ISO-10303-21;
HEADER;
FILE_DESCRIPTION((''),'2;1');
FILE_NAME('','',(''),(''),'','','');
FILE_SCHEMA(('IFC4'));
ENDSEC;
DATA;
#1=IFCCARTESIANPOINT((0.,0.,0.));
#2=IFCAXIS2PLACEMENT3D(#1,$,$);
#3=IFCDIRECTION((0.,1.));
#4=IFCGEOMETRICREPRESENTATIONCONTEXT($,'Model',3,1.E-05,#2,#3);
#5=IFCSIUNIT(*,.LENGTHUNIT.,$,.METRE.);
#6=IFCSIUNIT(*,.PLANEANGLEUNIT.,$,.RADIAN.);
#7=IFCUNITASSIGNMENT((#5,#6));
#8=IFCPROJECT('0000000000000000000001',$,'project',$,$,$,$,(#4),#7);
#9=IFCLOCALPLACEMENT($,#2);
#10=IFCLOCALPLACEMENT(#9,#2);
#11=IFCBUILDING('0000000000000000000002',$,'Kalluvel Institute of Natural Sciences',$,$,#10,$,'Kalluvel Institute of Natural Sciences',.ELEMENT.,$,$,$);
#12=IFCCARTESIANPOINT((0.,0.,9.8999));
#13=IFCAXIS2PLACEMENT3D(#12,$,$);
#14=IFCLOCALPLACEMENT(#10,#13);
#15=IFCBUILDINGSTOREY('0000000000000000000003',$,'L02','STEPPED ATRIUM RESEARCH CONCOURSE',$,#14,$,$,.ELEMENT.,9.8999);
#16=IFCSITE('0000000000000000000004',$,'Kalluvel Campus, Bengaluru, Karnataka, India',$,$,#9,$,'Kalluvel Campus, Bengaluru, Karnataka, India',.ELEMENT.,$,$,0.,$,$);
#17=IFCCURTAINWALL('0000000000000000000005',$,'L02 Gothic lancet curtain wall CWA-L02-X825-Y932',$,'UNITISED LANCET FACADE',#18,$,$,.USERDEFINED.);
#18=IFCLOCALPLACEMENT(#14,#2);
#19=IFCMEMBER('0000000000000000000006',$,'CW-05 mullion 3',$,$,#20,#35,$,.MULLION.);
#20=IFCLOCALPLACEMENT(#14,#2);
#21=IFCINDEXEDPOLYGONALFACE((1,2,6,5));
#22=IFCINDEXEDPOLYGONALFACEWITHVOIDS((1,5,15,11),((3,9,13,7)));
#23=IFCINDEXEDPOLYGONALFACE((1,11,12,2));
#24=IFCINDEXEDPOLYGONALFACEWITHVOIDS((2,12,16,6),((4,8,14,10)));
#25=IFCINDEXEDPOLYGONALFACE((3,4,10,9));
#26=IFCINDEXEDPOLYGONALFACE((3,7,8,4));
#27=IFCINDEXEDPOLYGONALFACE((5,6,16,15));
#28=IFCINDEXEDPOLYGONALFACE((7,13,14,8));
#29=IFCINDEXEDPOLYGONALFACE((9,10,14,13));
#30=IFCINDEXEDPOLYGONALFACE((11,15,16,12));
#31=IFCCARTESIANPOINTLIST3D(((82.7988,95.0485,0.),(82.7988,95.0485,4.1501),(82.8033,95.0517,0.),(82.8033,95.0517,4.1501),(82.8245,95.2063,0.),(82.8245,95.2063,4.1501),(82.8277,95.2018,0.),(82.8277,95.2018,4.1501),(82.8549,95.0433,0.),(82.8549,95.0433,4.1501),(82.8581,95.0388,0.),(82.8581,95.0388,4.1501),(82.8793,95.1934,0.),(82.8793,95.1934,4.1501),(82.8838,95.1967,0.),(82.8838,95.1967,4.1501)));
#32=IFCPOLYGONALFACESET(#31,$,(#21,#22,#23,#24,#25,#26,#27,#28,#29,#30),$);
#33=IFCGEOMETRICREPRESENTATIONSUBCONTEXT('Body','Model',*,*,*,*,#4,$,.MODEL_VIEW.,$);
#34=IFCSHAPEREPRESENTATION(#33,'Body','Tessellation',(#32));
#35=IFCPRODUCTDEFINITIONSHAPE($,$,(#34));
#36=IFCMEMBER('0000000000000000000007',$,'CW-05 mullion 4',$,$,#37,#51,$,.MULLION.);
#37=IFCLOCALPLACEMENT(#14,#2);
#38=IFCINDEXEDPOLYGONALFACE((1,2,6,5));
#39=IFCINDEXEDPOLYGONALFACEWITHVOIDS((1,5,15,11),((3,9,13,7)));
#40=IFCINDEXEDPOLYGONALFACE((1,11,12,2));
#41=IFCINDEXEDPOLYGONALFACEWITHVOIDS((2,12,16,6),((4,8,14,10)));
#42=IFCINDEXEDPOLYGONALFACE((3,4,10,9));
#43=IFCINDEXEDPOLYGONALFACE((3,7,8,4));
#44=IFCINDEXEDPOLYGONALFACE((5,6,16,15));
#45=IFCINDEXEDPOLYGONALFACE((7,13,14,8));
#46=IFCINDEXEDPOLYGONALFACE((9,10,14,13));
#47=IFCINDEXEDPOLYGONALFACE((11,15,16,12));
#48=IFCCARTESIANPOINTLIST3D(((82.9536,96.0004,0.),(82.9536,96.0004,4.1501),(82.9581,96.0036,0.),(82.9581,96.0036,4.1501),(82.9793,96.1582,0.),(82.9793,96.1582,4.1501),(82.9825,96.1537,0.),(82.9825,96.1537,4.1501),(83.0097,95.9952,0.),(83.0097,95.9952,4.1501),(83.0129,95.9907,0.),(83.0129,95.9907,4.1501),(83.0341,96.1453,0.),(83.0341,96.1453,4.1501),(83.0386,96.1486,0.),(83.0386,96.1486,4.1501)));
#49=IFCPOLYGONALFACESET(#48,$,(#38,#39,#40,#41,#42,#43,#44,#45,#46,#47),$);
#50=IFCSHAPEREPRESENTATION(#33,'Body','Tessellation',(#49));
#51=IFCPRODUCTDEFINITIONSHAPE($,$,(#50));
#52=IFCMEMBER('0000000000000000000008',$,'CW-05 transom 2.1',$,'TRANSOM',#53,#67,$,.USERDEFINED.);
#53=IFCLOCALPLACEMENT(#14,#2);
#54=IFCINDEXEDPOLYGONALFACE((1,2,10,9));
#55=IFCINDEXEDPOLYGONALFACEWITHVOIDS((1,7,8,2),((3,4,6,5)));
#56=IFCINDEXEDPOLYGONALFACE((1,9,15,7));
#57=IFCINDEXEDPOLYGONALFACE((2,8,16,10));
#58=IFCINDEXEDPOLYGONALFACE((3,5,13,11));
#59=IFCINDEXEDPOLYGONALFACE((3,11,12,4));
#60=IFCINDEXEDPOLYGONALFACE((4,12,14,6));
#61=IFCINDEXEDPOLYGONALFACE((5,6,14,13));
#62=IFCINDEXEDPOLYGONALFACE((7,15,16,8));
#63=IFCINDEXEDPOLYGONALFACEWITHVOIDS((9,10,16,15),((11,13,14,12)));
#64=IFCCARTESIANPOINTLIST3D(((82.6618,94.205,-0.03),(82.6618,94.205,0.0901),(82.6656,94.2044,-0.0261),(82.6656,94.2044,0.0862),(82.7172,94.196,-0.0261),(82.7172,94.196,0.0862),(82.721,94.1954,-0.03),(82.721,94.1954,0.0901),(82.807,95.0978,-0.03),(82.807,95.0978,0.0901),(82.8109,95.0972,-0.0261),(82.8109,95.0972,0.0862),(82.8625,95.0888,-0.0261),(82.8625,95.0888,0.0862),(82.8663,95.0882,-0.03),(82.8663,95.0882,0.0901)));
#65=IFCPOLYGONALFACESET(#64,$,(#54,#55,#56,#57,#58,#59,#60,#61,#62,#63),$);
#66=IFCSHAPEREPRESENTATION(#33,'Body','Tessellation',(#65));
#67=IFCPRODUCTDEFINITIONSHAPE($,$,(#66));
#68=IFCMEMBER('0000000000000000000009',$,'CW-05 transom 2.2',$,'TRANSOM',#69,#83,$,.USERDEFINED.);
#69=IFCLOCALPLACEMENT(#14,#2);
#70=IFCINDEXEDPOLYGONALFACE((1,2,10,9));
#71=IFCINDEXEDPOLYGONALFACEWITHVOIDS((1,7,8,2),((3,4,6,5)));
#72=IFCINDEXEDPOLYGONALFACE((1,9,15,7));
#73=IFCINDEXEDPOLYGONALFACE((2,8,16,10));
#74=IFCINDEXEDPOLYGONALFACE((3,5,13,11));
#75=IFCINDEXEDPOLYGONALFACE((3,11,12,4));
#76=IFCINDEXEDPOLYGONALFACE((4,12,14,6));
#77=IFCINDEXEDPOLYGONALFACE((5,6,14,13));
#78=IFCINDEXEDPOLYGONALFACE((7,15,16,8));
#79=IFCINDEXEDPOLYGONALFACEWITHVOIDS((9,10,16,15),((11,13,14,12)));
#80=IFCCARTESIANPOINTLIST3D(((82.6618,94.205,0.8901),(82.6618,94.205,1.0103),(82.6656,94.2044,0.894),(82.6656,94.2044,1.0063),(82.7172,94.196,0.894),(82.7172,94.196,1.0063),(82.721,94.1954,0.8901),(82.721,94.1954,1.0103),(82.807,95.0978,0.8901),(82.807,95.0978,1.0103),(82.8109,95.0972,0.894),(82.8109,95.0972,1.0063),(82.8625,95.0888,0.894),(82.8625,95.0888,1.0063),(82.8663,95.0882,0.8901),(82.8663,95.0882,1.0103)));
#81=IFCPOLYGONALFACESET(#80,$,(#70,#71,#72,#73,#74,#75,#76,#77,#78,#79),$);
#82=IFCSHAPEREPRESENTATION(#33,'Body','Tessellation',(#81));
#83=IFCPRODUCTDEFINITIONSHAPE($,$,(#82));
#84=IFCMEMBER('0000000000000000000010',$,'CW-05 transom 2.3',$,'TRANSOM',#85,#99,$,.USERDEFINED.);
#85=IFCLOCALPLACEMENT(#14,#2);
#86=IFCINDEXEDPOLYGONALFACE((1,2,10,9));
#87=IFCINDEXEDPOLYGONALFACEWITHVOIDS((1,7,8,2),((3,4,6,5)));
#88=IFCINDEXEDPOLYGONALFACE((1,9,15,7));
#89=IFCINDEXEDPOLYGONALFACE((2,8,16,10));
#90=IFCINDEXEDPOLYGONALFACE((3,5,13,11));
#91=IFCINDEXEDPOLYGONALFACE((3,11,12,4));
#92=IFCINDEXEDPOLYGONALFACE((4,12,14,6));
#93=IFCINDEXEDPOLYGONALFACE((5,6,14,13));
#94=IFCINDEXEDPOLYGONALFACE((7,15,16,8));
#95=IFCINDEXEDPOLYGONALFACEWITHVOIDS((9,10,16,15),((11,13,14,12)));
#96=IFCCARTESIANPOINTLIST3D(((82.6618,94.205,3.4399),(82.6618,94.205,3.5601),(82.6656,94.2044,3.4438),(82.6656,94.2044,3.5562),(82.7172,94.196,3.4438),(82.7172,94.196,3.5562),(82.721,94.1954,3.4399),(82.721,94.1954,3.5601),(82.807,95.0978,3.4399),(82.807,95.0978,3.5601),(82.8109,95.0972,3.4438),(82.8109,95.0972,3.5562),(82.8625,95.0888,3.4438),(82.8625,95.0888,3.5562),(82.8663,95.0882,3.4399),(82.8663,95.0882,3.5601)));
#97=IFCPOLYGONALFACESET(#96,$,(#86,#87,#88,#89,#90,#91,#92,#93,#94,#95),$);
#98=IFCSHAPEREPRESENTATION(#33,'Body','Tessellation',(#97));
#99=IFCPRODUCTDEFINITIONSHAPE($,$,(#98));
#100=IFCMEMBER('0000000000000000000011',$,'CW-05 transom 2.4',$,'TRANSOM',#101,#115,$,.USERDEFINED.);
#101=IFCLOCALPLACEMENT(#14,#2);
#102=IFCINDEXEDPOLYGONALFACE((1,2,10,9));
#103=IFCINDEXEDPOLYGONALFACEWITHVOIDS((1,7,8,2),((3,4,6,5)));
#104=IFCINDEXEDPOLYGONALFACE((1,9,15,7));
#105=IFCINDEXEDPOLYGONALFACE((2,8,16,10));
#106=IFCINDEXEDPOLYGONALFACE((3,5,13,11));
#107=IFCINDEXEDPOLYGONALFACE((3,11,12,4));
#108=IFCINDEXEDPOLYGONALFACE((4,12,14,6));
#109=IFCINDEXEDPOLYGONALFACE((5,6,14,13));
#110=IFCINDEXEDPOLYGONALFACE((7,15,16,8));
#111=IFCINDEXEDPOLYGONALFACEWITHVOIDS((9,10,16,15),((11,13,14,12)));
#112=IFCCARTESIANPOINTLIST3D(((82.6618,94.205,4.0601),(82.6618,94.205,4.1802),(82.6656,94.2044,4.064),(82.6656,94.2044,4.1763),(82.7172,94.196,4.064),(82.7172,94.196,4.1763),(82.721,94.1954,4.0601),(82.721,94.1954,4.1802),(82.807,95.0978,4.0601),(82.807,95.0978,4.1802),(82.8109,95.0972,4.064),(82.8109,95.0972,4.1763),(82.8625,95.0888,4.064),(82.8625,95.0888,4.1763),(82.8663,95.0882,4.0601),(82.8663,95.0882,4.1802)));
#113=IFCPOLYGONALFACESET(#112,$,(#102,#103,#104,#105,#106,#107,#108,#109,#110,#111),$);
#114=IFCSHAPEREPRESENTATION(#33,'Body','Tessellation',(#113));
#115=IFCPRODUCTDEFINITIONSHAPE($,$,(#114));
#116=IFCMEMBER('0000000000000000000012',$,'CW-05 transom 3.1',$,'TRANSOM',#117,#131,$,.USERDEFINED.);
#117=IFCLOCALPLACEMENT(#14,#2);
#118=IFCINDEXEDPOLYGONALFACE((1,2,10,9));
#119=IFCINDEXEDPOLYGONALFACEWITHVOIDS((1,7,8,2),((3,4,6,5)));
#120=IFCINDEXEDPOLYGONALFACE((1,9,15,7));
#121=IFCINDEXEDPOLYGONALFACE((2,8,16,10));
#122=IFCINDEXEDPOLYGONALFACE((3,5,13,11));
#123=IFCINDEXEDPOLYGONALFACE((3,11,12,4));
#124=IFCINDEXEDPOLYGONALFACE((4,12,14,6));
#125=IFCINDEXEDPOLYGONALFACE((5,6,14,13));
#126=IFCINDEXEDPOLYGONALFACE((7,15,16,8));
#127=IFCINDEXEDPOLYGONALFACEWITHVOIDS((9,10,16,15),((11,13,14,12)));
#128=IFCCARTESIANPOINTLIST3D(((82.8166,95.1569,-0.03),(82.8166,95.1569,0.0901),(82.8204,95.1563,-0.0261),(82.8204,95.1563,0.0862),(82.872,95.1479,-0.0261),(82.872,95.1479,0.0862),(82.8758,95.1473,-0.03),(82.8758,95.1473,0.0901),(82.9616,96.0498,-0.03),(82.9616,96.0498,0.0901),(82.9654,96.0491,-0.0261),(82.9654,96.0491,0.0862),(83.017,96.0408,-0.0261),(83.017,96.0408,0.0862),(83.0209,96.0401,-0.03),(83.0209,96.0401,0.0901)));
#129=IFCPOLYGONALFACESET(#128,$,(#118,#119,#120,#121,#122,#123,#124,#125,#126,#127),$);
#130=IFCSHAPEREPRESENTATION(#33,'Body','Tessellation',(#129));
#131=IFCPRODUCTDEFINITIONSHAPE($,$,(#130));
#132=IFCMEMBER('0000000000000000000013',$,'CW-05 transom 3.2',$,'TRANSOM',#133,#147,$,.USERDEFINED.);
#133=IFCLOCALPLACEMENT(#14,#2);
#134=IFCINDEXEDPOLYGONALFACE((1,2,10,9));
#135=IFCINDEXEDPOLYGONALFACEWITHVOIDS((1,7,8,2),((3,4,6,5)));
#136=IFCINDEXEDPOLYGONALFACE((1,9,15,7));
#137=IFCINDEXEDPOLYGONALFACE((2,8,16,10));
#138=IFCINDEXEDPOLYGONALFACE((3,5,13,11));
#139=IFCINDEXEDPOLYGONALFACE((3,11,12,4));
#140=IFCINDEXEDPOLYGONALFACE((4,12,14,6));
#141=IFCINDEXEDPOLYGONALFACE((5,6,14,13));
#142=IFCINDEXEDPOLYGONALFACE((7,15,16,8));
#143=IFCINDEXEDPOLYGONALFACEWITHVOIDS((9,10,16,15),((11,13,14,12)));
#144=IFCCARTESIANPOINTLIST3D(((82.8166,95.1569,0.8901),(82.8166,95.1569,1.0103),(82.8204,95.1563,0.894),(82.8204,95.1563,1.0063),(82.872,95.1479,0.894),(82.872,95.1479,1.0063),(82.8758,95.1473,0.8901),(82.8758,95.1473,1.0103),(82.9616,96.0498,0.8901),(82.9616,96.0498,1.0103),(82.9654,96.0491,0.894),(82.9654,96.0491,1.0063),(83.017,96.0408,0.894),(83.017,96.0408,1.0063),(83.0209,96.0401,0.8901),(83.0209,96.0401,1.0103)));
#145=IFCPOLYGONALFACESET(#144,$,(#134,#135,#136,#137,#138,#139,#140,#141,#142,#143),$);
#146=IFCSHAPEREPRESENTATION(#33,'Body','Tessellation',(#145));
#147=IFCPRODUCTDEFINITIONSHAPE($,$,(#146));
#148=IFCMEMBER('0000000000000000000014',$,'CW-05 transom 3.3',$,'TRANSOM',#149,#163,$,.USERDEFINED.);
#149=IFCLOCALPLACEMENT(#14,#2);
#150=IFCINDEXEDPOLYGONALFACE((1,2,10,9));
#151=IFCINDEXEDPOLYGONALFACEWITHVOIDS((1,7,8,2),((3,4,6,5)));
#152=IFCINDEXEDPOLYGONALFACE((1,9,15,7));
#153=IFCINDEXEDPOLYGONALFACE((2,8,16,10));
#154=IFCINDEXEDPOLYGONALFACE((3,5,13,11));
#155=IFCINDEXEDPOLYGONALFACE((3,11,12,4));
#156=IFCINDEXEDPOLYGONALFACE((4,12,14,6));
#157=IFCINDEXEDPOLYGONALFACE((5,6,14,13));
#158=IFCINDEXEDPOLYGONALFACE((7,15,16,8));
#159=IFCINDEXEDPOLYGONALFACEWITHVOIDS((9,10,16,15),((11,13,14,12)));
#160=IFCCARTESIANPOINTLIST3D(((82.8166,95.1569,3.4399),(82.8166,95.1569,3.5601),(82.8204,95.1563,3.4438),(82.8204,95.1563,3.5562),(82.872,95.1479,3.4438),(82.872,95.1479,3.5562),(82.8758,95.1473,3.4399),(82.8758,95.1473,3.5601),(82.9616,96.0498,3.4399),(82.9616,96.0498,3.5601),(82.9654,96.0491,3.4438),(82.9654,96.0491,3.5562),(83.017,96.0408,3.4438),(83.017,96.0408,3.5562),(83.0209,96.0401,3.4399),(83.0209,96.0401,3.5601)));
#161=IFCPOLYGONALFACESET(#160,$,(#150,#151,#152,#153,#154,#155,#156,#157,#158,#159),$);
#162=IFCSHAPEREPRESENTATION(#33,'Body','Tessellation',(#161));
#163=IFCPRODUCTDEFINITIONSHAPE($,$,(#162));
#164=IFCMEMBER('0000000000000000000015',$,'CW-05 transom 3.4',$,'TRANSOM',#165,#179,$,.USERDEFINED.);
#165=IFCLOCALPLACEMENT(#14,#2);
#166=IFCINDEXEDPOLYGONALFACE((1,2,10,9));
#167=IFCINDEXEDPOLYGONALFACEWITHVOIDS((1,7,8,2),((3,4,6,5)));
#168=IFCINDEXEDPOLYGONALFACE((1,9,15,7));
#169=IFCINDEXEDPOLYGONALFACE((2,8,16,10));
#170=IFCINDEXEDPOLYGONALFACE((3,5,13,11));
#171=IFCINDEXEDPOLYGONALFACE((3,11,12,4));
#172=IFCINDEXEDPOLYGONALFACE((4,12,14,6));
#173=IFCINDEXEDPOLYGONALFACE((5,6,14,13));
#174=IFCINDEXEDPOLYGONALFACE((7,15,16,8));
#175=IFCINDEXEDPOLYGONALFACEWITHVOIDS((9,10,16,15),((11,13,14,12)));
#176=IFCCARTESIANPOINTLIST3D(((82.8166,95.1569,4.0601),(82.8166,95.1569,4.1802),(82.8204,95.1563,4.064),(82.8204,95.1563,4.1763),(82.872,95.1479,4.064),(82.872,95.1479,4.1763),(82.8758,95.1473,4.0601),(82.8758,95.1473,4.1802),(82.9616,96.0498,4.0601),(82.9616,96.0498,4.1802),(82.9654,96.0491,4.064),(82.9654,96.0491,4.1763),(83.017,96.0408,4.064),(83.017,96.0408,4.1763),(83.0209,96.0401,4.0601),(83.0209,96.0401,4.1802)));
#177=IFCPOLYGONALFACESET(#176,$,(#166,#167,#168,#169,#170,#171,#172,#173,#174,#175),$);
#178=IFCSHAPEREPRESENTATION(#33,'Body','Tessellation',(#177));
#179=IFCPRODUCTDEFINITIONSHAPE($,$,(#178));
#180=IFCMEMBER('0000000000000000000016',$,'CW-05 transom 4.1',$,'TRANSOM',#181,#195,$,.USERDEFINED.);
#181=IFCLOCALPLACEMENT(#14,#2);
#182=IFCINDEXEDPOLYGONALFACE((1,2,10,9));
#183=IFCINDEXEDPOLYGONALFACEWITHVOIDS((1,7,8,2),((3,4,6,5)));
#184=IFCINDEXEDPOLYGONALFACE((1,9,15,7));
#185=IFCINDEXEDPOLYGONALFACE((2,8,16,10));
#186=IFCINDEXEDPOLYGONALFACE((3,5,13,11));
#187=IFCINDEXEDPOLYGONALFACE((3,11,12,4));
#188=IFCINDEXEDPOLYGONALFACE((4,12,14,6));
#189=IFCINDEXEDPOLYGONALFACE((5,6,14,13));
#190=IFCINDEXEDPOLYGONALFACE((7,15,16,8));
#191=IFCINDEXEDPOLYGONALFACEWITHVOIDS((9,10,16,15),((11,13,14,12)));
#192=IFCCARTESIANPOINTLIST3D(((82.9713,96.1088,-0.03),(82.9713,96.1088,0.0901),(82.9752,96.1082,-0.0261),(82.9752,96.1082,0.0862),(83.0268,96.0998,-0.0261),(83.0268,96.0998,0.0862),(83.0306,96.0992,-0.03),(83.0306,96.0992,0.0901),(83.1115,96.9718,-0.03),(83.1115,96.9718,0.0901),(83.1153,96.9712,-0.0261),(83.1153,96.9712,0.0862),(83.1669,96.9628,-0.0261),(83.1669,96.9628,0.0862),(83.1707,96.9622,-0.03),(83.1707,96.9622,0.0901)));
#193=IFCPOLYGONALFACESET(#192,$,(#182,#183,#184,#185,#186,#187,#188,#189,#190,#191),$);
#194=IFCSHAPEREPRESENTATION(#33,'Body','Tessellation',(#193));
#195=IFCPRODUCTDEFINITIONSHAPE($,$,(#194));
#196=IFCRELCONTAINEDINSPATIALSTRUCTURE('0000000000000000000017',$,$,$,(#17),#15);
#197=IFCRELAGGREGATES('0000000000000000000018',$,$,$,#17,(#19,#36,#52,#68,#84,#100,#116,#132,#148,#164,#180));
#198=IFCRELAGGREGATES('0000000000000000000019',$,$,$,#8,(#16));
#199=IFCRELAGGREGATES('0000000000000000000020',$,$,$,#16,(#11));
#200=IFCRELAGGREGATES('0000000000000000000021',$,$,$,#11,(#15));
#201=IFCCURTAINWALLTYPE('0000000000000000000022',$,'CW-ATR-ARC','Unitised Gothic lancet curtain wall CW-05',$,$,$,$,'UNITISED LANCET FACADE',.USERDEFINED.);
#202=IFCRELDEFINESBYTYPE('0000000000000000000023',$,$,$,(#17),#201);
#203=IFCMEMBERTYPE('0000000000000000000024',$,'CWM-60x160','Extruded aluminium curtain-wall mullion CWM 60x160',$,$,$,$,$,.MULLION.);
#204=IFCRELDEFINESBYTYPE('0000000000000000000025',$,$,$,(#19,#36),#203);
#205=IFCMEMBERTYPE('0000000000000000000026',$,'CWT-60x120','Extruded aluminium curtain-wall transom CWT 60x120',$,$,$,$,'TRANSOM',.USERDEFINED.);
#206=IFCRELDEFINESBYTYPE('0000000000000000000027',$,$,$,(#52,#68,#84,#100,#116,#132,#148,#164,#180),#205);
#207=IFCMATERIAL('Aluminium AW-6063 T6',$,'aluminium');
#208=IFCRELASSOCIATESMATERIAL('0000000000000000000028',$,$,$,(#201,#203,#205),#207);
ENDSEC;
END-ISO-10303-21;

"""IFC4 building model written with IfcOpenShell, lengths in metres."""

from ifc_helpers import new_model, si_unit, direction, frame, origin, origin_2d, place, context, subcontext, project, spatial, hollow_rectangle, extrude, material, material_profile, profile_set, type_object, element, aggregate, save


model = new_model("IFC4")

# Units and contexts
model_context = context("Model", 3, precision=1e-05, world=origin(), true_north=direction((0.0, 1.0)))
body_context = subcontext(model_context, "Body", "Model", "MODEL_VIEW")
ifc_project = project(units=[si_unit("LENGTHUNIT", "METRE"), si_unit("PLANEANGLEUNIT", "RADIAN")], contexts=[model_context])

# Site, building, storey
site_placement = place(None, origin())
site = spatial("IfcSite", under=ifc_project, at=site_placement, Name="Kalluvel Campus, Bengaluru, Karnataka, India", LongName="Kalluvel Campus, Bengaluru, Karnataka, India", CompositionType="ELEMENT", RefElevation=0.0)
building_placement = place(site_placement, origin())
building = spatial("IfcBuilding", under=site, at=building_placement, Name="Kalluvel Institute of Natural Sciences", LongName="Kalluvel Institute of Natural Sciences", CompositionType="ELEMENT")
storey_placement = place(building_placement, frame((0.0, 0.0, 9.8999)))
storey = spatial("IfcBuildingStorey", under=building, at=storey_placement, Name="L02", Description="STEPPED ATRIUM RESEARCH CONCOURSE", CompositionType="ELEMENT", Elevation=9.8999)

# Curtain wall, members
ifc_material_1 = material(Name="Aluminium AW-6063 T6", Category="aluminium")
curtain_wall_type = type_object("IfcCurtainWallType", Name="CW-ATR-ARC", Description="Unitised Gothic lancet curtain wall CW-05", ElementType="UNITISED LANCET FACADE", PredefinedType="USERDEFINED", material=ifc_material_1)
curtain_wall_placement = place(storey_placement, origin())
curtain_wall = element("IfcCurtainWall", 1, at=curtain_wall_placement, inside=storey, type_object=curtain_wall_type, Name="L02 Gothic lancet curtain wall CWA-L02-X825-Y932", ObjectType="UNITISED LANCET FACADE", PredefinedType="USERDEFINED")
ifc_material_profile_1 = material_profile(ifc_material_1, hollow_rectangle(XDim=0.0601, YDim=0.1599, WallThickness=0.0039, at=origin_2d()), Name="CWM 60x160")
ifc_profile_set_1 = profile_set([ifc_material_profile_1], Name="Aluminium AW-6063 T6")
member_type_1 = type_object("IfcMemberType", Name="CWM-60x160", Description="Extruded aluminium curtain-wall mullion CWM 60x160", PredefinedType="MULLION", material=ifc_profile_set_1)
member_1_placement = place(storey_placement, frame((82.8413, 95.1226, 0.0), z_axis=(0.0, 0.0, 1.0), x_axis=(-0.987049, 0.160417, 0.0)))
member_1 = element("IfcMember", 2, at=member_1_placement, type_object=member_type_1, Name="CW-05 mullion 3", PredefinedType="MULLION", context=body_context, shape_type="SweptSolid", body=[
    extrude(hollow_rectangle(XDim=0.0601, YDim=0.1599, WallThickness=0.0039, at=origin_2d()), origin(), (0.0, 0.0, 1.0), 4.1501),
])
member_2_placement = place(storey_placement, frame((82.9961, 96.0745, 0.0), z_axis=(0.0, 0.0, 1.0), x_axis=(-0.987049, 0.160417, 0.0)))
member_2 = element("IfcMember", 3, at=member_2_placement, type_object=member_type_1, Name="CW-05 mullion 4", PredefinedType="MULLION", context=body_context, shape_type="SweptSolid", body=[
    extrude(hollow_rectangle(XDim=0.0601, YDim=0.1599, WallThickness=0.0039, at=origin_2d()), origin(), (0.0, 0.0, 1.0), 4.1501),
])
ifc_material_profile_2 = material_profile(ifc_material_1, hollow_rectangle(XDim=0.0601, YDim=0.1201, WallThickness=0.0039, at=origin_2d()), Name="CWT 60x120")
ifc_profile_set_2 = profile_set([ifc_material_profile_2], Name="Aluminium AW-6063 T6")
member_type_2 = type_object("IfcMemberType", Name="CWT-60x120", Description="Extruded aluminium curtain-wall transom CWT 60x120", ElementType="TRANSOM", PredefinedType="USERDEFINED", material=ifc_profile_set_2)
member_3_placement = place(storey_placement, frame((82.6914, 94.2002, 0.03), z_axis=(0.16059, 0.987021, 0.0), x_axis=(-0.987021, 0.16059, 0.0)))
member_3 = element("IfcMember", 4, at=member_3_placement, type_object=member_type_2, Name="CW-05 transom 2.1", ObjectType="TRANSOM", PredefinedType="USERDEFINED", context=body_context, shape_type="SweptSolid", body=[
    extrude(hollow_rectangle(XDim=0.0601, YDim=0.1201, WallThickness=0.0039, at=origin_2d()), origin(), (0.0, 0.0, 1.0), 0.9045),
])
member_4_placement = place(storey_placement, frame((82.6914, 94.2002, 0.9502), z_axis=(0.16059, 0.987021, 0.0), x_axis=(-0.987021, 0.16059, 0.0)))
member_4 = element("IfcMember", 5, at=member_4_placement, type_object=member_type_2, Name="CW-05 transom 2.2", ObjectType="TRANSOM", PredefinedType="USERDEFINED", context=body_context, shape_type="SweptSolid", body=[
    extrude(hollow_rectangle(XDim=0.0601, YDim=0.1201, WallThickness=0.0039, at=origin_2d()), origin(), (0.0, 0.0, 1.0), 0.9045),
])
member_5_placement = place(storey_placement, frame((82.6914, 94.2002, 3.5), z_axis=(0.16059, 0.987021, 0.0), x_axis=(-0.987021, 0.16059, 0.0)))
member_5 = element("IfcMember", 6, at=member_5_placement, type_object=member_type_2, Name="CW-05 transom 2.3", ObjectType="TRANSOM", PredefinedType="USERDEFINED", context=body_context, shape_type="SweptSolid", body=[
    extrude(hollow_rectangle(XDim=0.0601, YDim=0.1201, WallThickness=0.0039, at=origin_2d()), origin(), (0.0, 0.0, 1.0), 0.9045),
])
member_6_placement = place(storey_placement, frame((82.6914, 94.2002, 4.1201), z_axis=(0.16059, 0.987021, 0.0), x_axis=(-0.987021, 0.16059, 0.0)))
member_6 = element("IfcMember", 7, at=member_6_placement, type_object=member_type_2, Name="CW-05 transom 2.4", ObjectType="TRANSOM", PredefinedType="USERDEFINED", context=body_context, shape_type="SweptSolid", body=[
    extrude(hollow_rectangle(XDim=0.0601, YDim=0.1201, WallThickness=0.0039, at=origin_2d()), origin(), (0.0, 0.0, 1.0), 0.9045),
])
member_7_placement = place(storey_placement, frame((82.8462, 95.1521, 0.03), z_axis=(0.160327, 0.987064, 0.0), x_axis=(-0.987064, 0.160327, 0.0)))
member_7 = element("IfcMember", 8, at=member_7_placement, type_object=member_type_2, Name="CW-05 transom 3.1", ObjectType="TRANSOM", PredefinedType="USERDEFINED", context=body_context, shape_type="SweptSolid", body=[
    extrude(hollow_rectangle(XDim=0.0601, YDim=0.1201, WallThickness=0.0039, at=origin_2d()), origin(), (0.0, 0.0, 1.0), 0.9045),
])
member_8_placement = place(storey_placement, frame((82.8462, 95.1521, 0.9502), z_axis=(0.160327, 0.987064, 0.0), x_axis=(-0.987064, 0.160327, 0.0)))
member_8 = element("IfcMember", 9, at=member_8_placement, type_object=member_type_2, Name="CW-05 transom 3.2", ObjectType="TRANSOM", PredefinedType="USERDEFINED", context=body_context, shape_type="SweptSolid", body=[
    extrude(hollow_rectangle(XDim=0.0601, YDim=0.1201, WallThickness=0.0039, at=origin_2d()), origin(), (0.0, 0.0, 1.0), 0.9045),
])
member_9_placement = place(storey_placement, frame((82.8462, 95.1521, 3.5), z_axis=(0.160327, 0.987064, 0.0), x_axis=(-0.987064, 0.160327, 0.0)))
member_9 = element("IfcMember", 10, at=member_9_placement, type_object=member_type_2, Name="CW-05 transom 3.3", ObjectType="TRANSOM", PredefinedType="USERDEFINED", context=body_context, shape_type="SweptSolid", body=[
    extrude(hollow_rectangle(XDim=0.0601, YDim=0.1201, WallThickness=0.0039, at=origin_2d()), origin(), (0.0, 0.0, 1.0), 0.9045),
])
member_10_placement = place(storey_placement, frame((82.8462, 95.1521, 4.1201), z_axis=(0.160327, 0.987064, 0.0), x_axis=(-0.987064, 0.160327, 0.0)))
member_10 = element("IfcMember", 11, at=member_10_placement, type_object=member_type_2, Name="CW-05 transom 3.4", ObjectType="TRANSOM", PredefinedType="USERDEFINED", context=body_context, shape_type="SweptSolid", body=[
    extrude(hollow_rectangle(XDim=0.0601, YDim=0.1201, WallThickness=0.0039, at=origin_2d()), origin(), (0.0, 0.0, 1.0), 0.9045),
])
member_11_placement = place(storey_placement, frame((83.001, 96.104, 0.03), z_axis=(0.160277, 0.987072, 0.0), x_axis=(-0.987072, 0.160277, 0.0)))
member_11 = element("IfcMember", 12, at=member_11_placement, type_object=member_type_2, Name="CW-05 transom 4.1", ObjectType="TRANSOM", PredefinedType="USERDEFINED", context=body_context, shape_type="SweptSolid", body=[
    extrude(hollow_rectangle(XDim=0.0601, YDim=0.1201, WallThickness=0.0039, at=origin_2d()), origin(), (0.0, 0.0, 1.0), 0.8743),
])
aggregate(curtain_wall, [member_1, member_2, member_3, member_4, member_5, member_6, member_7, member_8, member_9, member_10, member_11])

save(model, "model.ifc")
